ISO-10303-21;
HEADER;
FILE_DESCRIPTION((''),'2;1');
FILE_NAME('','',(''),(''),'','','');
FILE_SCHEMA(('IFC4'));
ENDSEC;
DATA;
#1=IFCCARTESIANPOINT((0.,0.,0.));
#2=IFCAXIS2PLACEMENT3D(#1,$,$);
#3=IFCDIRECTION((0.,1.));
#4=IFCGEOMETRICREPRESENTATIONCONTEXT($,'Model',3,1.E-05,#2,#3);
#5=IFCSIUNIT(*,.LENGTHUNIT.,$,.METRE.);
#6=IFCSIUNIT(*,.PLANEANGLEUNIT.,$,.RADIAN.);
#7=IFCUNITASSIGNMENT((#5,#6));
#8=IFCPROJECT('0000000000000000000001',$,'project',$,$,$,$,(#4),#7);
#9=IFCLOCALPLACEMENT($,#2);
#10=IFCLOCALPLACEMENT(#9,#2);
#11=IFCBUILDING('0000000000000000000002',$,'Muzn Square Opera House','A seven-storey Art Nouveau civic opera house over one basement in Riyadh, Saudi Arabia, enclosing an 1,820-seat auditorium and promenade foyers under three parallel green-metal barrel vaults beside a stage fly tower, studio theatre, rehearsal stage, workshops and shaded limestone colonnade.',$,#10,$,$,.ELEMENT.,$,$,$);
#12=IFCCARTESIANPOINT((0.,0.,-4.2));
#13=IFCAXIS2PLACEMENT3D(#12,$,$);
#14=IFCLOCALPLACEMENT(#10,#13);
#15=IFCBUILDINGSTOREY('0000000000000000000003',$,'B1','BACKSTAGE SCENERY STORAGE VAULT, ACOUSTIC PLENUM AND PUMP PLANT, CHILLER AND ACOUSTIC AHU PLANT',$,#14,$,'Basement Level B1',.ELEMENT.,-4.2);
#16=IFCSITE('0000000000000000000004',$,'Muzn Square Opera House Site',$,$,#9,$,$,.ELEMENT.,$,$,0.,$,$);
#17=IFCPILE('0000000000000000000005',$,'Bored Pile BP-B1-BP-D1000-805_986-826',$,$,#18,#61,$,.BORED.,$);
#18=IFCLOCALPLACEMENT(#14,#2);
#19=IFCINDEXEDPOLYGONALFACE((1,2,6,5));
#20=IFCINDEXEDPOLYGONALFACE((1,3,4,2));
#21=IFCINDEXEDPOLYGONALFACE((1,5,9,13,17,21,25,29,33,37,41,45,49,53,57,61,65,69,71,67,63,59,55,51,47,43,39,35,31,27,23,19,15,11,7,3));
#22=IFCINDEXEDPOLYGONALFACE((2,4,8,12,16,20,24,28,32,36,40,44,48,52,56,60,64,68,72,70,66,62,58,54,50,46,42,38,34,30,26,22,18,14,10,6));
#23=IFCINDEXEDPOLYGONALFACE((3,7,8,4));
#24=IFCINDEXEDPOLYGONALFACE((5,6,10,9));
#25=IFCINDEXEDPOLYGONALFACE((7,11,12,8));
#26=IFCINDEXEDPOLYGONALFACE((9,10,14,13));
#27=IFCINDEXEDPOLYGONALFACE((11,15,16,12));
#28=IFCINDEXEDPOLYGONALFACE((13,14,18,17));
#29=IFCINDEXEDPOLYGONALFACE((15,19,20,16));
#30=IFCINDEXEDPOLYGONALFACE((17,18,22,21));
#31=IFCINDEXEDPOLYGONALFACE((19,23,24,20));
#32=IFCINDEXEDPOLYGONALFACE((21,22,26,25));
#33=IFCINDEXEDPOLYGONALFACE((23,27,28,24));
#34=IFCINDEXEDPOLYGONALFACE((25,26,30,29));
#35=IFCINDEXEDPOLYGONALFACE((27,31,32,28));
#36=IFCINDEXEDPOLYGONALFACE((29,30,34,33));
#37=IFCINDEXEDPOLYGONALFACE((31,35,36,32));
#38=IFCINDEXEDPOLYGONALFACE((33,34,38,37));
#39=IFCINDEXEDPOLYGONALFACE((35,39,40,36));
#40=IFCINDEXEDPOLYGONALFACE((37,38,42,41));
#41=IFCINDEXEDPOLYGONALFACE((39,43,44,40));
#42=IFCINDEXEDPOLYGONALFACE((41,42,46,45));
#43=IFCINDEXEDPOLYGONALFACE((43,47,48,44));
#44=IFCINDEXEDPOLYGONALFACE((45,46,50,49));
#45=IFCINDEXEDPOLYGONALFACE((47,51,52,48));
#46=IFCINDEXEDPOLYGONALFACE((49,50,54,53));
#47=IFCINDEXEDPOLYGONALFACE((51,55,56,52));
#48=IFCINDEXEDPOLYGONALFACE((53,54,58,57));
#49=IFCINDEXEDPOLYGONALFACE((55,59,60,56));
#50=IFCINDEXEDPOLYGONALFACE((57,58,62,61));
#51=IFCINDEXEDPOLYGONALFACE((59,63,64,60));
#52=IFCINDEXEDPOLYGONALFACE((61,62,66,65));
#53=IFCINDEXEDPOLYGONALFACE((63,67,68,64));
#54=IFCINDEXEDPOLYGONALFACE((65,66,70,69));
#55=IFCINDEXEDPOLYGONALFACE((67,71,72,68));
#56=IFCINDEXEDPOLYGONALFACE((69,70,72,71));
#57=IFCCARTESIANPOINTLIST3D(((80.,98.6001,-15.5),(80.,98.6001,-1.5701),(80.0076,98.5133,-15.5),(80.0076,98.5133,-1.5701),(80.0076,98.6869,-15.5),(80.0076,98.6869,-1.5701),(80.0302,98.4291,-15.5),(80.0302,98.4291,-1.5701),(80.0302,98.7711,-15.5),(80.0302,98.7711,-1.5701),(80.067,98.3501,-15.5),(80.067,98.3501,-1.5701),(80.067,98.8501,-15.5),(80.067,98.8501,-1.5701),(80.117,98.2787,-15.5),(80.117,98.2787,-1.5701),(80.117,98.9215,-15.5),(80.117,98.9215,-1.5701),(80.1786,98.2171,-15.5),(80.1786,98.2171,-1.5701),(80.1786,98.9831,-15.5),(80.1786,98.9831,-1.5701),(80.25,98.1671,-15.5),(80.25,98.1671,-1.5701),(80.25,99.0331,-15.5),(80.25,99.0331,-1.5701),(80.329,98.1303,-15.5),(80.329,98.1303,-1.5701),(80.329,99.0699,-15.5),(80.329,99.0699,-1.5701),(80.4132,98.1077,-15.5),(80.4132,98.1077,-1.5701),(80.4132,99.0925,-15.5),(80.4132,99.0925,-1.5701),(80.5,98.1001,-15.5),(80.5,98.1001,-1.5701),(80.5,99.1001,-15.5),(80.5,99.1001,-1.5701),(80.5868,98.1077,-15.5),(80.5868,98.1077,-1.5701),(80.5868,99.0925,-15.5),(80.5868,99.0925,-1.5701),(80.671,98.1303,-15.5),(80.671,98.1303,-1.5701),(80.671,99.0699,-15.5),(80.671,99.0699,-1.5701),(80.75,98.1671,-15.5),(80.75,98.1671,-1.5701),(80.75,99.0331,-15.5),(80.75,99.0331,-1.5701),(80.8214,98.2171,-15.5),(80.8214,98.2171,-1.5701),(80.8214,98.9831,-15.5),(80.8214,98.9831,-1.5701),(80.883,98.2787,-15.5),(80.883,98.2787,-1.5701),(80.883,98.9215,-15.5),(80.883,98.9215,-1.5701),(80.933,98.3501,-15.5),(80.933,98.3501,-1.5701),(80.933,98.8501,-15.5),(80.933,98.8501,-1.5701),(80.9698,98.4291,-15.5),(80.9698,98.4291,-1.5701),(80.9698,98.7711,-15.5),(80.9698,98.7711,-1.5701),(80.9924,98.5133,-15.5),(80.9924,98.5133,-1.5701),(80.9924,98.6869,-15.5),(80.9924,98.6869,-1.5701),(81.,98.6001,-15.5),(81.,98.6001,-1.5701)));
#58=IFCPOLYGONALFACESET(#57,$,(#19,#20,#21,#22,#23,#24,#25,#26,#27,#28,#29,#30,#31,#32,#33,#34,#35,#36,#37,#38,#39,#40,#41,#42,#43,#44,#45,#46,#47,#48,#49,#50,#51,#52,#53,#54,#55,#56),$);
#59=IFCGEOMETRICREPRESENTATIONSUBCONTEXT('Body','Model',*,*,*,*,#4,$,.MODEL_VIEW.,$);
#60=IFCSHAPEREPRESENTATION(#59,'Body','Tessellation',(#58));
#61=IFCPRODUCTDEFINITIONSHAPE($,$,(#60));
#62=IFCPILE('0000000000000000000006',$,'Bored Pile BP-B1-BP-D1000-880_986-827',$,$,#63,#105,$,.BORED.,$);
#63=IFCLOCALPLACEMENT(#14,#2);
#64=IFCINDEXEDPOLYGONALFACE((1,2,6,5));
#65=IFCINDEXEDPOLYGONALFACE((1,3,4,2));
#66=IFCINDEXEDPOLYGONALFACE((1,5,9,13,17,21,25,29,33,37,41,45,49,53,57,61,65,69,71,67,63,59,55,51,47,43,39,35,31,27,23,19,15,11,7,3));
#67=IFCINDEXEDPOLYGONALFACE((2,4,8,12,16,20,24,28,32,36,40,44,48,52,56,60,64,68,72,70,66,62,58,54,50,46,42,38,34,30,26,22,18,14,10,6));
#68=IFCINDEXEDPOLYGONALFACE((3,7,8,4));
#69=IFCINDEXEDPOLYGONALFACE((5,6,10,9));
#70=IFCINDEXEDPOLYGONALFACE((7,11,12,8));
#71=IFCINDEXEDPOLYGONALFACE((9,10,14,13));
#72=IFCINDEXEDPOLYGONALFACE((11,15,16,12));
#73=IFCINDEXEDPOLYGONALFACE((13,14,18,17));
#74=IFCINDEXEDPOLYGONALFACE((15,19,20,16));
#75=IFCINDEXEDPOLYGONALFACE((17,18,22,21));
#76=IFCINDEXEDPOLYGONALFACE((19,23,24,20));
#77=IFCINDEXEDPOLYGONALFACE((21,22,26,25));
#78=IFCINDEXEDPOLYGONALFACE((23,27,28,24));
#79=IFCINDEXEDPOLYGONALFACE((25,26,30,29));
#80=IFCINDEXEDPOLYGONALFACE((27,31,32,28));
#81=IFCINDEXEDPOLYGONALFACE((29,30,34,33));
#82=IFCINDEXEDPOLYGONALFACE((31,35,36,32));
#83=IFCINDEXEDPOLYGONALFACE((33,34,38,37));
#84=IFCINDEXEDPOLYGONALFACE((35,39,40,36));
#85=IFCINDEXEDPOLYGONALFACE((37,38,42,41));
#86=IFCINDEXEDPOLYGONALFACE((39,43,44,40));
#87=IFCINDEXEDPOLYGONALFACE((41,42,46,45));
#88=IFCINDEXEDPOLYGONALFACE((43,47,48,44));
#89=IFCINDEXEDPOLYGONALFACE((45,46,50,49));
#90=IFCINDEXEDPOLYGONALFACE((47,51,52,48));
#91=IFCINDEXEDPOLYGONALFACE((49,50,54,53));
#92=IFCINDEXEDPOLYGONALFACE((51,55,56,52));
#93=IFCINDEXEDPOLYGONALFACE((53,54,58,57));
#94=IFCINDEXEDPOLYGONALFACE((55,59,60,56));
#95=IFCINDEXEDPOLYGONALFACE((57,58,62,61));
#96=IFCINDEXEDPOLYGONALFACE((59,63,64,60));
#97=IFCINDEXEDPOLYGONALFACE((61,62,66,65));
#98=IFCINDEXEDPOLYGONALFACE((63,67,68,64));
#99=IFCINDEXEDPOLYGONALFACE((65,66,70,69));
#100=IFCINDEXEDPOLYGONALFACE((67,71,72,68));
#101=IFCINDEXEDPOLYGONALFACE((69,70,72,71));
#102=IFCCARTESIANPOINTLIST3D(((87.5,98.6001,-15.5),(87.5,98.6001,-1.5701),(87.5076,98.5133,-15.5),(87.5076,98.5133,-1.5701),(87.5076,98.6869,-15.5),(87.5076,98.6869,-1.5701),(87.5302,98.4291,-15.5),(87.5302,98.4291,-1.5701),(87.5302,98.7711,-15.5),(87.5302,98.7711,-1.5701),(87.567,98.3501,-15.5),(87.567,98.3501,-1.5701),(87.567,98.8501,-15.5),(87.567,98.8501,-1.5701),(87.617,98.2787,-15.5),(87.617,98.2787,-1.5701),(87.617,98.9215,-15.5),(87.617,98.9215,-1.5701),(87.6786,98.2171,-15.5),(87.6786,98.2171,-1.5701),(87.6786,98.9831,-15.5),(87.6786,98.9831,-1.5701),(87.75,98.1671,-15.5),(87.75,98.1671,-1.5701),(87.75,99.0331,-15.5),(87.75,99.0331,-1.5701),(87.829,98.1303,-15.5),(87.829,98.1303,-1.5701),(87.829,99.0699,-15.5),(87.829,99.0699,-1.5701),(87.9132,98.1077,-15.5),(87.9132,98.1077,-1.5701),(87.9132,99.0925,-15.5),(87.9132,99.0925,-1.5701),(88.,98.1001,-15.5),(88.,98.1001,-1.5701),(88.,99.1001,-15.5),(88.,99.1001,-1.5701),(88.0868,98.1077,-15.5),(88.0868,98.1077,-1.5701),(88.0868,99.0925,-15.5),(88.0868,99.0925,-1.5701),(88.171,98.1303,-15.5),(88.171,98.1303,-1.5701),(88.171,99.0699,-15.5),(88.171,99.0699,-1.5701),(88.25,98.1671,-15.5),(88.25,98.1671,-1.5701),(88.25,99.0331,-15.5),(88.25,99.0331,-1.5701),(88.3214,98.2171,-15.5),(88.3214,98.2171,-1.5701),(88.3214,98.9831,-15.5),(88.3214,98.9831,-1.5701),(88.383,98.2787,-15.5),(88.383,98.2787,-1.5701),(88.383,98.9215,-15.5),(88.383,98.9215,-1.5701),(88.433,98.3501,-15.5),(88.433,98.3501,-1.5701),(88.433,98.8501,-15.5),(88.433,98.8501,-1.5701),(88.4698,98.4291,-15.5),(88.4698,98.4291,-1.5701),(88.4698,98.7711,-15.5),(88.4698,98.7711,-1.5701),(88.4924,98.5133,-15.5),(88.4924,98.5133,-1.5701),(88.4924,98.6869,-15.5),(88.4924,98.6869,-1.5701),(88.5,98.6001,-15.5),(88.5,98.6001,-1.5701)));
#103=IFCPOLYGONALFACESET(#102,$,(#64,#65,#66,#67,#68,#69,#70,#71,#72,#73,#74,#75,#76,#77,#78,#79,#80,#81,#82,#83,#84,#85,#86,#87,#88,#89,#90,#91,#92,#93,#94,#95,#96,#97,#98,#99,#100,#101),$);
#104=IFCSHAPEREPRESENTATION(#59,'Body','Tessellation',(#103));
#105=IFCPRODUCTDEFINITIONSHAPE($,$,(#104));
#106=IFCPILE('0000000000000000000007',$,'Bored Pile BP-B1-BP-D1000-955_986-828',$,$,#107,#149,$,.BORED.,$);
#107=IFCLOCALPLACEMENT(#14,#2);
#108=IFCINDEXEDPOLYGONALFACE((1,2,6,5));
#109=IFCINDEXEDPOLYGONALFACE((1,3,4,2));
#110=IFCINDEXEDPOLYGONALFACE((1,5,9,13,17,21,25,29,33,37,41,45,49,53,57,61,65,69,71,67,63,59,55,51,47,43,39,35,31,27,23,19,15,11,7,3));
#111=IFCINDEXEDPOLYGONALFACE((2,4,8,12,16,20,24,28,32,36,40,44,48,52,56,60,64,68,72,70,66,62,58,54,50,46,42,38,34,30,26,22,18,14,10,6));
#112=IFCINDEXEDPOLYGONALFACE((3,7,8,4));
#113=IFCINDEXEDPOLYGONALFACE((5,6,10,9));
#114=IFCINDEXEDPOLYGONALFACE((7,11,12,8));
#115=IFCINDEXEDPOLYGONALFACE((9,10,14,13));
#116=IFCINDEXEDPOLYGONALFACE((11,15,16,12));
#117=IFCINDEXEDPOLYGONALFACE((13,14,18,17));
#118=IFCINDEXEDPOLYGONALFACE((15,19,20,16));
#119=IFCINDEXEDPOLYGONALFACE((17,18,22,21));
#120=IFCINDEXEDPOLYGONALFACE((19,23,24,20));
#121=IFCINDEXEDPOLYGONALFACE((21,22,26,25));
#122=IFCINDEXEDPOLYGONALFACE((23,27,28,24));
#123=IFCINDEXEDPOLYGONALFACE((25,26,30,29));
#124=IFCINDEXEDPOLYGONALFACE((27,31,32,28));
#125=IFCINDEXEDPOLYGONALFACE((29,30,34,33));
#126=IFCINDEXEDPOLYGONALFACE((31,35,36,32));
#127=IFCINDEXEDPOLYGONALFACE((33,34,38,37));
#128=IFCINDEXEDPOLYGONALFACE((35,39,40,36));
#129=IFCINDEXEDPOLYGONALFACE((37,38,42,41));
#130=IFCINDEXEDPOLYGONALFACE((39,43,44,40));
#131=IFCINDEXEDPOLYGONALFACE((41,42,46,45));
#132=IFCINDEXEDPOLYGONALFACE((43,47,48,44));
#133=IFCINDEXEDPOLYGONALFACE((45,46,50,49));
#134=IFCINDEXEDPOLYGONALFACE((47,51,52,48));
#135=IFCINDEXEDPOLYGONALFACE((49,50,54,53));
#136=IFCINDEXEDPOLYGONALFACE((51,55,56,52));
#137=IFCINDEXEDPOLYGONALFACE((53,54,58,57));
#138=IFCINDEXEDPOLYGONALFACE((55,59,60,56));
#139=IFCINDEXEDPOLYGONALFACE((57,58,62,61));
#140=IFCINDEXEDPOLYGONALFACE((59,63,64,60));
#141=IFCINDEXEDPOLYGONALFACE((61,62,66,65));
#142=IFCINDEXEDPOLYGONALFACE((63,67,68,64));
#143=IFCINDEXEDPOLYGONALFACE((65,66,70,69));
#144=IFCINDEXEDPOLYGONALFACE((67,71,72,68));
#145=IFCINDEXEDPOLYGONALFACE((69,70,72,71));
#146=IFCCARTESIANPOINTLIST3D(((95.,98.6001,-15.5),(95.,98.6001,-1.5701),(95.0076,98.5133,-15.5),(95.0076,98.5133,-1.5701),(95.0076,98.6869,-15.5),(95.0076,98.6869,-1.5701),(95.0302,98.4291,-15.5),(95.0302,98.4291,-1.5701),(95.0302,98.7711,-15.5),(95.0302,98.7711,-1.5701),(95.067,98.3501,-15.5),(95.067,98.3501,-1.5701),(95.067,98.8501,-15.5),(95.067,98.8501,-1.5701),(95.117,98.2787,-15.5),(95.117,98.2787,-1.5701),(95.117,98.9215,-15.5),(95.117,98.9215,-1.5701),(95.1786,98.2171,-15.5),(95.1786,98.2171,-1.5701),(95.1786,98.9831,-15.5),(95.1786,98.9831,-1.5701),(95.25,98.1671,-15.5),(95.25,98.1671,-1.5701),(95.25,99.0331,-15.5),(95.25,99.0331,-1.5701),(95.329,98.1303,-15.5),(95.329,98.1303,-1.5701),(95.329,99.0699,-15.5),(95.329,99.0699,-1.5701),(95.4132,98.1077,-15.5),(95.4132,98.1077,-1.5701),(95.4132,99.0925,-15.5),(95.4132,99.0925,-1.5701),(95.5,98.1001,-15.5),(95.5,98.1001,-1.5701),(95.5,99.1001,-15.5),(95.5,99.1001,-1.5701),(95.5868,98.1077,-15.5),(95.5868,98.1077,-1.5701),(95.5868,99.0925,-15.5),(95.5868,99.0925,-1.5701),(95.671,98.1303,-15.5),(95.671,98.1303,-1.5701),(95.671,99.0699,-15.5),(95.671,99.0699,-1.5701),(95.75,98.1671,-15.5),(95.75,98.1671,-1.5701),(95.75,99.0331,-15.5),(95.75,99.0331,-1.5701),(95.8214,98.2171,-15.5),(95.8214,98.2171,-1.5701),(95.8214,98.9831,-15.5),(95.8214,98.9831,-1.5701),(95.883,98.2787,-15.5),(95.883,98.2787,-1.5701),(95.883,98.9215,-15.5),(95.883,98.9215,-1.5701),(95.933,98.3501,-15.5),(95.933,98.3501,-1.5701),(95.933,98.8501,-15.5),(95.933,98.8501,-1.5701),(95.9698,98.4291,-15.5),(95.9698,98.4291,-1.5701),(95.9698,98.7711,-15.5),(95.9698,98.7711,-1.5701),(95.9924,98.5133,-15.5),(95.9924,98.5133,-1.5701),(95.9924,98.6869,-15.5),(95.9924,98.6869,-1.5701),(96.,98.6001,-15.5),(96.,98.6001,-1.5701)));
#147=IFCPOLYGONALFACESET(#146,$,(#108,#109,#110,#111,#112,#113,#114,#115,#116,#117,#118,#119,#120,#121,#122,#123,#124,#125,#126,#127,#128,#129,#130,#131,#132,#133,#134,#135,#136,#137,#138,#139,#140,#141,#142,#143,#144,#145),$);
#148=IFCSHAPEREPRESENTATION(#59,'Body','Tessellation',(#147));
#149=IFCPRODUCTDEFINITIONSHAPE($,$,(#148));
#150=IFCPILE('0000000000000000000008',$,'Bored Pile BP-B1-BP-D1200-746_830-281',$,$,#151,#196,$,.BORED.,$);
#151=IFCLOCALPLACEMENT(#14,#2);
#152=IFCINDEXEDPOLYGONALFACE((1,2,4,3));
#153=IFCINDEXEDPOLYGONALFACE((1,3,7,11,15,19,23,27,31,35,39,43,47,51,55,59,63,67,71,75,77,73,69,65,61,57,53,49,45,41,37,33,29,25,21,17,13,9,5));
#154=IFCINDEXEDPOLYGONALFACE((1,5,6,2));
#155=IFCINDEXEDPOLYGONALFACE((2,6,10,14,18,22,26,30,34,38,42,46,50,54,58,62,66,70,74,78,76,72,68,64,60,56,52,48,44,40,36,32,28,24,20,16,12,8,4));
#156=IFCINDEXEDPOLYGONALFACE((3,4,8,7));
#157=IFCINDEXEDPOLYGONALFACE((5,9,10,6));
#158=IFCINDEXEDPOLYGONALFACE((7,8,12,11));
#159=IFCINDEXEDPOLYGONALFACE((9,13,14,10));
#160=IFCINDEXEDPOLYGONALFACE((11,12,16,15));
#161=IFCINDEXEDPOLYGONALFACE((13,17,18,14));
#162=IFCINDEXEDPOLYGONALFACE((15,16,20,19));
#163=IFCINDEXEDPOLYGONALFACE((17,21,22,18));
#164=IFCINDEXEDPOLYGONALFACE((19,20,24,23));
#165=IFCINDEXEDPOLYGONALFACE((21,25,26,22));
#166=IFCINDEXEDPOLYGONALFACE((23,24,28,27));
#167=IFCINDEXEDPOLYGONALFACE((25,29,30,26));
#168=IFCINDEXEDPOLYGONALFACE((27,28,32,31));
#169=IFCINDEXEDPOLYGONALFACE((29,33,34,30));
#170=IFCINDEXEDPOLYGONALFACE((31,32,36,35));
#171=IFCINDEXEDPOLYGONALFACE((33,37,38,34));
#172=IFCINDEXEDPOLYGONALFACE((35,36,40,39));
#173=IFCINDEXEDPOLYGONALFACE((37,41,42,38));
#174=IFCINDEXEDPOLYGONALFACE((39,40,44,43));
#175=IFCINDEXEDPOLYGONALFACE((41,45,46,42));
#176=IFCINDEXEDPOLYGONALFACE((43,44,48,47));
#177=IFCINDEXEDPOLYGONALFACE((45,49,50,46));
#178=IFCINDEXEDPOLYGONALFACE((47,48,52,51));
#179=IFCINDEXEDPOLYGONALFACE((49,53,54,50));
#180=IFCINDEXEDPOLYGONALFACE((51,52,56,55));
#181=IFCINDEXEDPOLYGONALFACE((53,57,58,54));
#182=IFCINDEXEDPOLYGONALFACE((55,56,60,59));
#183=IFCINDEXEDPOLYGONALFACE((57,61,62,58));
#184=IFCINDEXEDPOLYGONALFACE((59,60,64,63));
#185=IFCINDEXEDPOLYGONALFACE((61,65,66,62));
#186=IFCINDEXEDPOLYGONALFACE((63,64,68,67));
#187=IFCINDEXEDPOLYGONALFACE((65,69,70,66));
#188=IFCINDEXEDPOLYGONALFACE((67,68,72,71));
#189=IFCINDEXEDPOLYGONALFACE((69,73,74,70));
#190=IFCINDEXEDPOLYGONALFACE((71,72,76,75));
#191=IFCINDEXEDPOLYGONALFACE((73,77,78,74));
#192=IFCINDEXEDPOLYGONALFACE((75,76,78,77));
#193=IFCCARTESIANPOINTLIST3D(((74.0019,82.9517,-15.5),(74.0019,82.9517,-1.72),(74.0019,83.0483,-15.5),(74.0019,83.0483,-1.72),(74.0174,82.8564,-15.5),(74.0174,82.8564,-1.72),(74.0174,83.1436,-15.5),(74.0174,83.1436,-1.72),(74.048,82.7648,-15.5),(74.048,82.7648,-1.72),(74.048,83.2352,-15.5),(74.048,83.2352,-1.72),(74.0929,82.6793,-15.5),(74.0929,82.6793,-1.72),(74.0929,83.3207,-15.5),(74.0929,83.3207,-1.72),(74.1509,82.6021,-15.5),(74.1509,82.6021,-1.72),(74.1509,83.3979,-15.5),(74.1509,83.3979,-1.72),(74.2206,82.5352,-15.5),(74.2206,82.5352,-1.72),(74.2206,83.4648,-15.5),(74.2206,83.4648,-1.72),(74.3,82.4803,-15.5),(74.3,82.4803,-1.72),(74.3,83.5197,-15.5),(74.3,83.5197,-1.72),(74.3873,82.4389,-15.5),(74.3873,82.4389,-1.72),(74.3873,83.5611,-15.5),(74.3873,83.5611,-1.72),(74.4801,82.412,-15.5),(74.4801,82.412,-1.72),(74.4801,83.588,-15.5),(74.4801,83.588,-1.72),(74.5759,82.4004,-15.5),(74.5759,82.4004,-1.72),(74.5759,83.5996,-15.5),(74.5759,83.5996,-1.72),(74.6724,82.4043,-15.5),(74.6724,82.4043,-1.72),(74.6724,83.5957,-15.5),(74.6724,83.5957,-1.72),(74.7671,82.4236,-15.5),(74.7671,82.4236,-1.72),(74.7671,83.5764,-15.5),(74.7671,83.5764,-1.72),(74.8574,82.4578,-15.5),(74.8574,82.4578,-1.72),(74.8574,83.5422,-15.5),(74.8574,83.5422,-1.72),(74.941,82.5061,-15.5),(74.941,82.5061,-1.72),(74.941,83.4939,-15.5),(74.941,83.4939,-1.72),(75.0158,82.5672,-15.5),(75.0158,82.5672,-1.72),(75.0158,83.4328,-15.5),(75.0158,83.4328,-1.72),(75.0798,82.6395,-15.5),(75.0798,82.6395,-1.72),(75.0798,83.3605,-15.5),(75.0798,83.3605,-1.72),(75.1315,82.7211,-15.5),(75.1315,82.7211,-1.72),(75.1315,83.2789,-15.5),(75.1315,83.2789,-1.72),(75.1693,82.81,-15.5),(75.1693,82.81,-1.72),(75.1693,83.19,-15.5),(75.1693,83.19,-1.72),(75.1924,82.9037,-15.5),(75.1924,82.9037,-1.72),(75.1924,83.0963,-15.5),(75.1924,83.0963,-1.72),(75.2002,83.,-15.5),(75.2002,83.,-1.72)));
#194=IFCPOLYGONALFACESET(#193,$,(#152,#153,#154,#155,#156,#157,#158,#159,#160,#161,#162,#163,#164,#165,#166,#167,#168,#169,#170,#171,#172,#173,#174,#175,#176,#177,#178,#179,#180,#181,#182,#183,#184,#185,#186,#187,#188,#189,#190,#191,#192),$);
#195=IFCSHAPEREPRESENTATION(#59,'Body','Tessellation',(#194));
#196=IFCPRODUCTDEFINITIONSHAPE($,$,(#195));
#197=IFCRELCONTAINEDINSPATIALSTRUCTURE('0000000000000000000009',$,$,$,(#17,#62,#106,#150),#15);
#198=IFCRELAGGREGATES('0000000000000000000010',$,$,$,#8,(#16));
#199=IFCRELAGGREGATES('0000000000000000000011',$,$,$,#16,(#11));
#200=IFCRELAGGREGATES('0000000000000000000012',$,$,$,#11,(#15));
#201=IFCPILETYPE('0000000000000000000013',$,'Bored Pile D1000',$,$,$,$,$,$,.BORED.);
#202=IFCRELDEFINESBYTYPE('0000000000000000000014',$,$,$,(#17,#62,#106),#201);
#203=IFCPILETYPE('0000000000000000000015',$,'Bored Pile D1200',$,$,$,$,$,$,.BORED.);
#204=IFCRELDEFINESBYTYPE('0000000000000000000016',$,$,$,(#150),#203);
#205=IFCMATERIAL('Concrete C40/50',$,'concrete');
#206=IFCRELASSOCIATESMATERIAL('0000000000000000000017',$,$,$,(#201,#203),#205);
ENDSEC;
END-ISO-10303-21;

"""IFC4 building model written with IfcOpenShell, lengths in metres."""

from ifc_helpers import new_model, si_unit, direction, frame, origin, origin_2d, place, context, subcontext, project, spatial, circle, extrude, material, material_profile, profile_set, type_object, element, save


model = new_model("IFC4")

# Units and contexts
model_context = context("Model", 3, precision=1e-05, world=origin(), true_north=direction((0.0, 1.0)))
body_context = subcontext(model_context, "Body", "Model", "MODEL_VIEW")
ifc_project = project(units=[si_unit("LENGTHUNIT", "METRE"), si_unit("PLANEANGLEUNIT", "RADIAN")], contexts=[model_context])

# Site, building, storey
site_placement = place(None, origin())
site = spatial("IfcSite", under=ifc_project, at=site_placement, Name="Muzn Square Opera House Site", CompositionType="ELEMENT", RefElevation=0.0)
building_placement = place(site_placement, origin())
building = spatial("IfcBuilding", under=site, at=building_placement, Name="Muzn Square Opera House", Description="A seven-storey Art Nouveau civic opera house over one basement in Riyadh, Saudi Arabia, enclosing an 1,820-seat auditorium and promenade foyers under three parallel green-metal barrel vaults beside a stage fly tower, studio theatre, rehearsal stage, workshops and shaded limestone colonnade.", CompositionType="ELEMENT")
storey_placement = place(building_placement, frame((0.0, 0.0, -4.2)))
storey = spatial("IfcBuildingStorey", under=building, at=storey_placement, Name="B1", Description="BACKSTAGE SCENERY STORAGE VAULT, ACOUSTIC PLENUM AND PUMP PLANT, CHILLER AND ACOUSTIC AHU PLANT", LongName="Basement Level B1", CompositionType="ELEMENT", Elevation=-4.2)

# Piles
ifc_material_1 = material(Name="Concrete C40/50", Category="concrete")
ifc_material_profile_1 = material_profile(ifc_material_1, circle(Radius=0.5, at=origin_2d()), Name="BORED PILE D1000", Category="concrete")
ifc_profile_set_1 = profile_set([ifc_material_profile_1], Name="Concrete C40/50")
pile_type_1 = type_object("IfcPileType", Name="Bored Pile D1000", PredefinedType="BORED", material=ifc_profile_set_1)
for number, where, z_axis, x_axis, name in (
    (1, (80.5, 98.6001, -1.5701), (0.0, 0.0, -1.0), (1.0, 0.0, 0.0), "Bored Pile BP-B1-BP-D1000-805_986-826"),
    (2, (88.0, 98.6001, -1.5701), (0.0, 0.0, -1.0), (1.0, 0.0, 0.0), "Bored Pile BP-B1-BP-D1000-880_986-827"),
    (3, (95.5, 98.6001, -1.5701), (0.0, 0.0, -1.0), (1.0, 0.0, 0.0), "Bored Pile BP-B1-BP-D1000-955_986-828"),
):
    element("IfcPile", number, at=place(storey_placement, frame(where, z_axis=z_axis, x_axis=x_axis)), inside=storey, type_object=pile_type_1, Name=name, PredefinedType="BORED", context=body_context, shape_type="SweptSolid", body=[
        extrude(circle(Radius=0.5, at=origin_2d()), origin(), (0.0, 0.0, 1.0), 13.9299),
    ])
ifc_material_profile_2 = material_profile(ifc_material_1, circle(Radius=0.6001, at=origin_2d()), Name="BORED PILE D1200", Category="concrete")
ifc_profile_set_2 = profile_set([ifc_material_profile_2], Name="Concrete C40/50")
pile_type_2 = type_object("IfcPileType", Name="Bored Pile D1200", PredefinedType="BORED", material=ifc_profile_set_2)
for number, where, z_axis, x_axis, name in (
    (4, (74.6001, 83.0, -1.72), (0.0, 0.0, -1.0), (1.0, 0.0, 0.0), "Bored Pile BP-B1-BP-D1200-746_830-281"),
):
    element("IfcPile", number, at=place(storey_placement, frame(where, z_axis=z_axis, x_axis=x_axis)), inside=storey, type_object=pile_type_2, Name=name, PredefinedType="BORED", context=body_context, shape_type="SweptSolid", body=[
        extrude(circle(Radius=0.6001, at=origin_2d()), origin(), (0.0, 0.0, 1.0), 13.78),
    ])

save(model, "model.ifc")
